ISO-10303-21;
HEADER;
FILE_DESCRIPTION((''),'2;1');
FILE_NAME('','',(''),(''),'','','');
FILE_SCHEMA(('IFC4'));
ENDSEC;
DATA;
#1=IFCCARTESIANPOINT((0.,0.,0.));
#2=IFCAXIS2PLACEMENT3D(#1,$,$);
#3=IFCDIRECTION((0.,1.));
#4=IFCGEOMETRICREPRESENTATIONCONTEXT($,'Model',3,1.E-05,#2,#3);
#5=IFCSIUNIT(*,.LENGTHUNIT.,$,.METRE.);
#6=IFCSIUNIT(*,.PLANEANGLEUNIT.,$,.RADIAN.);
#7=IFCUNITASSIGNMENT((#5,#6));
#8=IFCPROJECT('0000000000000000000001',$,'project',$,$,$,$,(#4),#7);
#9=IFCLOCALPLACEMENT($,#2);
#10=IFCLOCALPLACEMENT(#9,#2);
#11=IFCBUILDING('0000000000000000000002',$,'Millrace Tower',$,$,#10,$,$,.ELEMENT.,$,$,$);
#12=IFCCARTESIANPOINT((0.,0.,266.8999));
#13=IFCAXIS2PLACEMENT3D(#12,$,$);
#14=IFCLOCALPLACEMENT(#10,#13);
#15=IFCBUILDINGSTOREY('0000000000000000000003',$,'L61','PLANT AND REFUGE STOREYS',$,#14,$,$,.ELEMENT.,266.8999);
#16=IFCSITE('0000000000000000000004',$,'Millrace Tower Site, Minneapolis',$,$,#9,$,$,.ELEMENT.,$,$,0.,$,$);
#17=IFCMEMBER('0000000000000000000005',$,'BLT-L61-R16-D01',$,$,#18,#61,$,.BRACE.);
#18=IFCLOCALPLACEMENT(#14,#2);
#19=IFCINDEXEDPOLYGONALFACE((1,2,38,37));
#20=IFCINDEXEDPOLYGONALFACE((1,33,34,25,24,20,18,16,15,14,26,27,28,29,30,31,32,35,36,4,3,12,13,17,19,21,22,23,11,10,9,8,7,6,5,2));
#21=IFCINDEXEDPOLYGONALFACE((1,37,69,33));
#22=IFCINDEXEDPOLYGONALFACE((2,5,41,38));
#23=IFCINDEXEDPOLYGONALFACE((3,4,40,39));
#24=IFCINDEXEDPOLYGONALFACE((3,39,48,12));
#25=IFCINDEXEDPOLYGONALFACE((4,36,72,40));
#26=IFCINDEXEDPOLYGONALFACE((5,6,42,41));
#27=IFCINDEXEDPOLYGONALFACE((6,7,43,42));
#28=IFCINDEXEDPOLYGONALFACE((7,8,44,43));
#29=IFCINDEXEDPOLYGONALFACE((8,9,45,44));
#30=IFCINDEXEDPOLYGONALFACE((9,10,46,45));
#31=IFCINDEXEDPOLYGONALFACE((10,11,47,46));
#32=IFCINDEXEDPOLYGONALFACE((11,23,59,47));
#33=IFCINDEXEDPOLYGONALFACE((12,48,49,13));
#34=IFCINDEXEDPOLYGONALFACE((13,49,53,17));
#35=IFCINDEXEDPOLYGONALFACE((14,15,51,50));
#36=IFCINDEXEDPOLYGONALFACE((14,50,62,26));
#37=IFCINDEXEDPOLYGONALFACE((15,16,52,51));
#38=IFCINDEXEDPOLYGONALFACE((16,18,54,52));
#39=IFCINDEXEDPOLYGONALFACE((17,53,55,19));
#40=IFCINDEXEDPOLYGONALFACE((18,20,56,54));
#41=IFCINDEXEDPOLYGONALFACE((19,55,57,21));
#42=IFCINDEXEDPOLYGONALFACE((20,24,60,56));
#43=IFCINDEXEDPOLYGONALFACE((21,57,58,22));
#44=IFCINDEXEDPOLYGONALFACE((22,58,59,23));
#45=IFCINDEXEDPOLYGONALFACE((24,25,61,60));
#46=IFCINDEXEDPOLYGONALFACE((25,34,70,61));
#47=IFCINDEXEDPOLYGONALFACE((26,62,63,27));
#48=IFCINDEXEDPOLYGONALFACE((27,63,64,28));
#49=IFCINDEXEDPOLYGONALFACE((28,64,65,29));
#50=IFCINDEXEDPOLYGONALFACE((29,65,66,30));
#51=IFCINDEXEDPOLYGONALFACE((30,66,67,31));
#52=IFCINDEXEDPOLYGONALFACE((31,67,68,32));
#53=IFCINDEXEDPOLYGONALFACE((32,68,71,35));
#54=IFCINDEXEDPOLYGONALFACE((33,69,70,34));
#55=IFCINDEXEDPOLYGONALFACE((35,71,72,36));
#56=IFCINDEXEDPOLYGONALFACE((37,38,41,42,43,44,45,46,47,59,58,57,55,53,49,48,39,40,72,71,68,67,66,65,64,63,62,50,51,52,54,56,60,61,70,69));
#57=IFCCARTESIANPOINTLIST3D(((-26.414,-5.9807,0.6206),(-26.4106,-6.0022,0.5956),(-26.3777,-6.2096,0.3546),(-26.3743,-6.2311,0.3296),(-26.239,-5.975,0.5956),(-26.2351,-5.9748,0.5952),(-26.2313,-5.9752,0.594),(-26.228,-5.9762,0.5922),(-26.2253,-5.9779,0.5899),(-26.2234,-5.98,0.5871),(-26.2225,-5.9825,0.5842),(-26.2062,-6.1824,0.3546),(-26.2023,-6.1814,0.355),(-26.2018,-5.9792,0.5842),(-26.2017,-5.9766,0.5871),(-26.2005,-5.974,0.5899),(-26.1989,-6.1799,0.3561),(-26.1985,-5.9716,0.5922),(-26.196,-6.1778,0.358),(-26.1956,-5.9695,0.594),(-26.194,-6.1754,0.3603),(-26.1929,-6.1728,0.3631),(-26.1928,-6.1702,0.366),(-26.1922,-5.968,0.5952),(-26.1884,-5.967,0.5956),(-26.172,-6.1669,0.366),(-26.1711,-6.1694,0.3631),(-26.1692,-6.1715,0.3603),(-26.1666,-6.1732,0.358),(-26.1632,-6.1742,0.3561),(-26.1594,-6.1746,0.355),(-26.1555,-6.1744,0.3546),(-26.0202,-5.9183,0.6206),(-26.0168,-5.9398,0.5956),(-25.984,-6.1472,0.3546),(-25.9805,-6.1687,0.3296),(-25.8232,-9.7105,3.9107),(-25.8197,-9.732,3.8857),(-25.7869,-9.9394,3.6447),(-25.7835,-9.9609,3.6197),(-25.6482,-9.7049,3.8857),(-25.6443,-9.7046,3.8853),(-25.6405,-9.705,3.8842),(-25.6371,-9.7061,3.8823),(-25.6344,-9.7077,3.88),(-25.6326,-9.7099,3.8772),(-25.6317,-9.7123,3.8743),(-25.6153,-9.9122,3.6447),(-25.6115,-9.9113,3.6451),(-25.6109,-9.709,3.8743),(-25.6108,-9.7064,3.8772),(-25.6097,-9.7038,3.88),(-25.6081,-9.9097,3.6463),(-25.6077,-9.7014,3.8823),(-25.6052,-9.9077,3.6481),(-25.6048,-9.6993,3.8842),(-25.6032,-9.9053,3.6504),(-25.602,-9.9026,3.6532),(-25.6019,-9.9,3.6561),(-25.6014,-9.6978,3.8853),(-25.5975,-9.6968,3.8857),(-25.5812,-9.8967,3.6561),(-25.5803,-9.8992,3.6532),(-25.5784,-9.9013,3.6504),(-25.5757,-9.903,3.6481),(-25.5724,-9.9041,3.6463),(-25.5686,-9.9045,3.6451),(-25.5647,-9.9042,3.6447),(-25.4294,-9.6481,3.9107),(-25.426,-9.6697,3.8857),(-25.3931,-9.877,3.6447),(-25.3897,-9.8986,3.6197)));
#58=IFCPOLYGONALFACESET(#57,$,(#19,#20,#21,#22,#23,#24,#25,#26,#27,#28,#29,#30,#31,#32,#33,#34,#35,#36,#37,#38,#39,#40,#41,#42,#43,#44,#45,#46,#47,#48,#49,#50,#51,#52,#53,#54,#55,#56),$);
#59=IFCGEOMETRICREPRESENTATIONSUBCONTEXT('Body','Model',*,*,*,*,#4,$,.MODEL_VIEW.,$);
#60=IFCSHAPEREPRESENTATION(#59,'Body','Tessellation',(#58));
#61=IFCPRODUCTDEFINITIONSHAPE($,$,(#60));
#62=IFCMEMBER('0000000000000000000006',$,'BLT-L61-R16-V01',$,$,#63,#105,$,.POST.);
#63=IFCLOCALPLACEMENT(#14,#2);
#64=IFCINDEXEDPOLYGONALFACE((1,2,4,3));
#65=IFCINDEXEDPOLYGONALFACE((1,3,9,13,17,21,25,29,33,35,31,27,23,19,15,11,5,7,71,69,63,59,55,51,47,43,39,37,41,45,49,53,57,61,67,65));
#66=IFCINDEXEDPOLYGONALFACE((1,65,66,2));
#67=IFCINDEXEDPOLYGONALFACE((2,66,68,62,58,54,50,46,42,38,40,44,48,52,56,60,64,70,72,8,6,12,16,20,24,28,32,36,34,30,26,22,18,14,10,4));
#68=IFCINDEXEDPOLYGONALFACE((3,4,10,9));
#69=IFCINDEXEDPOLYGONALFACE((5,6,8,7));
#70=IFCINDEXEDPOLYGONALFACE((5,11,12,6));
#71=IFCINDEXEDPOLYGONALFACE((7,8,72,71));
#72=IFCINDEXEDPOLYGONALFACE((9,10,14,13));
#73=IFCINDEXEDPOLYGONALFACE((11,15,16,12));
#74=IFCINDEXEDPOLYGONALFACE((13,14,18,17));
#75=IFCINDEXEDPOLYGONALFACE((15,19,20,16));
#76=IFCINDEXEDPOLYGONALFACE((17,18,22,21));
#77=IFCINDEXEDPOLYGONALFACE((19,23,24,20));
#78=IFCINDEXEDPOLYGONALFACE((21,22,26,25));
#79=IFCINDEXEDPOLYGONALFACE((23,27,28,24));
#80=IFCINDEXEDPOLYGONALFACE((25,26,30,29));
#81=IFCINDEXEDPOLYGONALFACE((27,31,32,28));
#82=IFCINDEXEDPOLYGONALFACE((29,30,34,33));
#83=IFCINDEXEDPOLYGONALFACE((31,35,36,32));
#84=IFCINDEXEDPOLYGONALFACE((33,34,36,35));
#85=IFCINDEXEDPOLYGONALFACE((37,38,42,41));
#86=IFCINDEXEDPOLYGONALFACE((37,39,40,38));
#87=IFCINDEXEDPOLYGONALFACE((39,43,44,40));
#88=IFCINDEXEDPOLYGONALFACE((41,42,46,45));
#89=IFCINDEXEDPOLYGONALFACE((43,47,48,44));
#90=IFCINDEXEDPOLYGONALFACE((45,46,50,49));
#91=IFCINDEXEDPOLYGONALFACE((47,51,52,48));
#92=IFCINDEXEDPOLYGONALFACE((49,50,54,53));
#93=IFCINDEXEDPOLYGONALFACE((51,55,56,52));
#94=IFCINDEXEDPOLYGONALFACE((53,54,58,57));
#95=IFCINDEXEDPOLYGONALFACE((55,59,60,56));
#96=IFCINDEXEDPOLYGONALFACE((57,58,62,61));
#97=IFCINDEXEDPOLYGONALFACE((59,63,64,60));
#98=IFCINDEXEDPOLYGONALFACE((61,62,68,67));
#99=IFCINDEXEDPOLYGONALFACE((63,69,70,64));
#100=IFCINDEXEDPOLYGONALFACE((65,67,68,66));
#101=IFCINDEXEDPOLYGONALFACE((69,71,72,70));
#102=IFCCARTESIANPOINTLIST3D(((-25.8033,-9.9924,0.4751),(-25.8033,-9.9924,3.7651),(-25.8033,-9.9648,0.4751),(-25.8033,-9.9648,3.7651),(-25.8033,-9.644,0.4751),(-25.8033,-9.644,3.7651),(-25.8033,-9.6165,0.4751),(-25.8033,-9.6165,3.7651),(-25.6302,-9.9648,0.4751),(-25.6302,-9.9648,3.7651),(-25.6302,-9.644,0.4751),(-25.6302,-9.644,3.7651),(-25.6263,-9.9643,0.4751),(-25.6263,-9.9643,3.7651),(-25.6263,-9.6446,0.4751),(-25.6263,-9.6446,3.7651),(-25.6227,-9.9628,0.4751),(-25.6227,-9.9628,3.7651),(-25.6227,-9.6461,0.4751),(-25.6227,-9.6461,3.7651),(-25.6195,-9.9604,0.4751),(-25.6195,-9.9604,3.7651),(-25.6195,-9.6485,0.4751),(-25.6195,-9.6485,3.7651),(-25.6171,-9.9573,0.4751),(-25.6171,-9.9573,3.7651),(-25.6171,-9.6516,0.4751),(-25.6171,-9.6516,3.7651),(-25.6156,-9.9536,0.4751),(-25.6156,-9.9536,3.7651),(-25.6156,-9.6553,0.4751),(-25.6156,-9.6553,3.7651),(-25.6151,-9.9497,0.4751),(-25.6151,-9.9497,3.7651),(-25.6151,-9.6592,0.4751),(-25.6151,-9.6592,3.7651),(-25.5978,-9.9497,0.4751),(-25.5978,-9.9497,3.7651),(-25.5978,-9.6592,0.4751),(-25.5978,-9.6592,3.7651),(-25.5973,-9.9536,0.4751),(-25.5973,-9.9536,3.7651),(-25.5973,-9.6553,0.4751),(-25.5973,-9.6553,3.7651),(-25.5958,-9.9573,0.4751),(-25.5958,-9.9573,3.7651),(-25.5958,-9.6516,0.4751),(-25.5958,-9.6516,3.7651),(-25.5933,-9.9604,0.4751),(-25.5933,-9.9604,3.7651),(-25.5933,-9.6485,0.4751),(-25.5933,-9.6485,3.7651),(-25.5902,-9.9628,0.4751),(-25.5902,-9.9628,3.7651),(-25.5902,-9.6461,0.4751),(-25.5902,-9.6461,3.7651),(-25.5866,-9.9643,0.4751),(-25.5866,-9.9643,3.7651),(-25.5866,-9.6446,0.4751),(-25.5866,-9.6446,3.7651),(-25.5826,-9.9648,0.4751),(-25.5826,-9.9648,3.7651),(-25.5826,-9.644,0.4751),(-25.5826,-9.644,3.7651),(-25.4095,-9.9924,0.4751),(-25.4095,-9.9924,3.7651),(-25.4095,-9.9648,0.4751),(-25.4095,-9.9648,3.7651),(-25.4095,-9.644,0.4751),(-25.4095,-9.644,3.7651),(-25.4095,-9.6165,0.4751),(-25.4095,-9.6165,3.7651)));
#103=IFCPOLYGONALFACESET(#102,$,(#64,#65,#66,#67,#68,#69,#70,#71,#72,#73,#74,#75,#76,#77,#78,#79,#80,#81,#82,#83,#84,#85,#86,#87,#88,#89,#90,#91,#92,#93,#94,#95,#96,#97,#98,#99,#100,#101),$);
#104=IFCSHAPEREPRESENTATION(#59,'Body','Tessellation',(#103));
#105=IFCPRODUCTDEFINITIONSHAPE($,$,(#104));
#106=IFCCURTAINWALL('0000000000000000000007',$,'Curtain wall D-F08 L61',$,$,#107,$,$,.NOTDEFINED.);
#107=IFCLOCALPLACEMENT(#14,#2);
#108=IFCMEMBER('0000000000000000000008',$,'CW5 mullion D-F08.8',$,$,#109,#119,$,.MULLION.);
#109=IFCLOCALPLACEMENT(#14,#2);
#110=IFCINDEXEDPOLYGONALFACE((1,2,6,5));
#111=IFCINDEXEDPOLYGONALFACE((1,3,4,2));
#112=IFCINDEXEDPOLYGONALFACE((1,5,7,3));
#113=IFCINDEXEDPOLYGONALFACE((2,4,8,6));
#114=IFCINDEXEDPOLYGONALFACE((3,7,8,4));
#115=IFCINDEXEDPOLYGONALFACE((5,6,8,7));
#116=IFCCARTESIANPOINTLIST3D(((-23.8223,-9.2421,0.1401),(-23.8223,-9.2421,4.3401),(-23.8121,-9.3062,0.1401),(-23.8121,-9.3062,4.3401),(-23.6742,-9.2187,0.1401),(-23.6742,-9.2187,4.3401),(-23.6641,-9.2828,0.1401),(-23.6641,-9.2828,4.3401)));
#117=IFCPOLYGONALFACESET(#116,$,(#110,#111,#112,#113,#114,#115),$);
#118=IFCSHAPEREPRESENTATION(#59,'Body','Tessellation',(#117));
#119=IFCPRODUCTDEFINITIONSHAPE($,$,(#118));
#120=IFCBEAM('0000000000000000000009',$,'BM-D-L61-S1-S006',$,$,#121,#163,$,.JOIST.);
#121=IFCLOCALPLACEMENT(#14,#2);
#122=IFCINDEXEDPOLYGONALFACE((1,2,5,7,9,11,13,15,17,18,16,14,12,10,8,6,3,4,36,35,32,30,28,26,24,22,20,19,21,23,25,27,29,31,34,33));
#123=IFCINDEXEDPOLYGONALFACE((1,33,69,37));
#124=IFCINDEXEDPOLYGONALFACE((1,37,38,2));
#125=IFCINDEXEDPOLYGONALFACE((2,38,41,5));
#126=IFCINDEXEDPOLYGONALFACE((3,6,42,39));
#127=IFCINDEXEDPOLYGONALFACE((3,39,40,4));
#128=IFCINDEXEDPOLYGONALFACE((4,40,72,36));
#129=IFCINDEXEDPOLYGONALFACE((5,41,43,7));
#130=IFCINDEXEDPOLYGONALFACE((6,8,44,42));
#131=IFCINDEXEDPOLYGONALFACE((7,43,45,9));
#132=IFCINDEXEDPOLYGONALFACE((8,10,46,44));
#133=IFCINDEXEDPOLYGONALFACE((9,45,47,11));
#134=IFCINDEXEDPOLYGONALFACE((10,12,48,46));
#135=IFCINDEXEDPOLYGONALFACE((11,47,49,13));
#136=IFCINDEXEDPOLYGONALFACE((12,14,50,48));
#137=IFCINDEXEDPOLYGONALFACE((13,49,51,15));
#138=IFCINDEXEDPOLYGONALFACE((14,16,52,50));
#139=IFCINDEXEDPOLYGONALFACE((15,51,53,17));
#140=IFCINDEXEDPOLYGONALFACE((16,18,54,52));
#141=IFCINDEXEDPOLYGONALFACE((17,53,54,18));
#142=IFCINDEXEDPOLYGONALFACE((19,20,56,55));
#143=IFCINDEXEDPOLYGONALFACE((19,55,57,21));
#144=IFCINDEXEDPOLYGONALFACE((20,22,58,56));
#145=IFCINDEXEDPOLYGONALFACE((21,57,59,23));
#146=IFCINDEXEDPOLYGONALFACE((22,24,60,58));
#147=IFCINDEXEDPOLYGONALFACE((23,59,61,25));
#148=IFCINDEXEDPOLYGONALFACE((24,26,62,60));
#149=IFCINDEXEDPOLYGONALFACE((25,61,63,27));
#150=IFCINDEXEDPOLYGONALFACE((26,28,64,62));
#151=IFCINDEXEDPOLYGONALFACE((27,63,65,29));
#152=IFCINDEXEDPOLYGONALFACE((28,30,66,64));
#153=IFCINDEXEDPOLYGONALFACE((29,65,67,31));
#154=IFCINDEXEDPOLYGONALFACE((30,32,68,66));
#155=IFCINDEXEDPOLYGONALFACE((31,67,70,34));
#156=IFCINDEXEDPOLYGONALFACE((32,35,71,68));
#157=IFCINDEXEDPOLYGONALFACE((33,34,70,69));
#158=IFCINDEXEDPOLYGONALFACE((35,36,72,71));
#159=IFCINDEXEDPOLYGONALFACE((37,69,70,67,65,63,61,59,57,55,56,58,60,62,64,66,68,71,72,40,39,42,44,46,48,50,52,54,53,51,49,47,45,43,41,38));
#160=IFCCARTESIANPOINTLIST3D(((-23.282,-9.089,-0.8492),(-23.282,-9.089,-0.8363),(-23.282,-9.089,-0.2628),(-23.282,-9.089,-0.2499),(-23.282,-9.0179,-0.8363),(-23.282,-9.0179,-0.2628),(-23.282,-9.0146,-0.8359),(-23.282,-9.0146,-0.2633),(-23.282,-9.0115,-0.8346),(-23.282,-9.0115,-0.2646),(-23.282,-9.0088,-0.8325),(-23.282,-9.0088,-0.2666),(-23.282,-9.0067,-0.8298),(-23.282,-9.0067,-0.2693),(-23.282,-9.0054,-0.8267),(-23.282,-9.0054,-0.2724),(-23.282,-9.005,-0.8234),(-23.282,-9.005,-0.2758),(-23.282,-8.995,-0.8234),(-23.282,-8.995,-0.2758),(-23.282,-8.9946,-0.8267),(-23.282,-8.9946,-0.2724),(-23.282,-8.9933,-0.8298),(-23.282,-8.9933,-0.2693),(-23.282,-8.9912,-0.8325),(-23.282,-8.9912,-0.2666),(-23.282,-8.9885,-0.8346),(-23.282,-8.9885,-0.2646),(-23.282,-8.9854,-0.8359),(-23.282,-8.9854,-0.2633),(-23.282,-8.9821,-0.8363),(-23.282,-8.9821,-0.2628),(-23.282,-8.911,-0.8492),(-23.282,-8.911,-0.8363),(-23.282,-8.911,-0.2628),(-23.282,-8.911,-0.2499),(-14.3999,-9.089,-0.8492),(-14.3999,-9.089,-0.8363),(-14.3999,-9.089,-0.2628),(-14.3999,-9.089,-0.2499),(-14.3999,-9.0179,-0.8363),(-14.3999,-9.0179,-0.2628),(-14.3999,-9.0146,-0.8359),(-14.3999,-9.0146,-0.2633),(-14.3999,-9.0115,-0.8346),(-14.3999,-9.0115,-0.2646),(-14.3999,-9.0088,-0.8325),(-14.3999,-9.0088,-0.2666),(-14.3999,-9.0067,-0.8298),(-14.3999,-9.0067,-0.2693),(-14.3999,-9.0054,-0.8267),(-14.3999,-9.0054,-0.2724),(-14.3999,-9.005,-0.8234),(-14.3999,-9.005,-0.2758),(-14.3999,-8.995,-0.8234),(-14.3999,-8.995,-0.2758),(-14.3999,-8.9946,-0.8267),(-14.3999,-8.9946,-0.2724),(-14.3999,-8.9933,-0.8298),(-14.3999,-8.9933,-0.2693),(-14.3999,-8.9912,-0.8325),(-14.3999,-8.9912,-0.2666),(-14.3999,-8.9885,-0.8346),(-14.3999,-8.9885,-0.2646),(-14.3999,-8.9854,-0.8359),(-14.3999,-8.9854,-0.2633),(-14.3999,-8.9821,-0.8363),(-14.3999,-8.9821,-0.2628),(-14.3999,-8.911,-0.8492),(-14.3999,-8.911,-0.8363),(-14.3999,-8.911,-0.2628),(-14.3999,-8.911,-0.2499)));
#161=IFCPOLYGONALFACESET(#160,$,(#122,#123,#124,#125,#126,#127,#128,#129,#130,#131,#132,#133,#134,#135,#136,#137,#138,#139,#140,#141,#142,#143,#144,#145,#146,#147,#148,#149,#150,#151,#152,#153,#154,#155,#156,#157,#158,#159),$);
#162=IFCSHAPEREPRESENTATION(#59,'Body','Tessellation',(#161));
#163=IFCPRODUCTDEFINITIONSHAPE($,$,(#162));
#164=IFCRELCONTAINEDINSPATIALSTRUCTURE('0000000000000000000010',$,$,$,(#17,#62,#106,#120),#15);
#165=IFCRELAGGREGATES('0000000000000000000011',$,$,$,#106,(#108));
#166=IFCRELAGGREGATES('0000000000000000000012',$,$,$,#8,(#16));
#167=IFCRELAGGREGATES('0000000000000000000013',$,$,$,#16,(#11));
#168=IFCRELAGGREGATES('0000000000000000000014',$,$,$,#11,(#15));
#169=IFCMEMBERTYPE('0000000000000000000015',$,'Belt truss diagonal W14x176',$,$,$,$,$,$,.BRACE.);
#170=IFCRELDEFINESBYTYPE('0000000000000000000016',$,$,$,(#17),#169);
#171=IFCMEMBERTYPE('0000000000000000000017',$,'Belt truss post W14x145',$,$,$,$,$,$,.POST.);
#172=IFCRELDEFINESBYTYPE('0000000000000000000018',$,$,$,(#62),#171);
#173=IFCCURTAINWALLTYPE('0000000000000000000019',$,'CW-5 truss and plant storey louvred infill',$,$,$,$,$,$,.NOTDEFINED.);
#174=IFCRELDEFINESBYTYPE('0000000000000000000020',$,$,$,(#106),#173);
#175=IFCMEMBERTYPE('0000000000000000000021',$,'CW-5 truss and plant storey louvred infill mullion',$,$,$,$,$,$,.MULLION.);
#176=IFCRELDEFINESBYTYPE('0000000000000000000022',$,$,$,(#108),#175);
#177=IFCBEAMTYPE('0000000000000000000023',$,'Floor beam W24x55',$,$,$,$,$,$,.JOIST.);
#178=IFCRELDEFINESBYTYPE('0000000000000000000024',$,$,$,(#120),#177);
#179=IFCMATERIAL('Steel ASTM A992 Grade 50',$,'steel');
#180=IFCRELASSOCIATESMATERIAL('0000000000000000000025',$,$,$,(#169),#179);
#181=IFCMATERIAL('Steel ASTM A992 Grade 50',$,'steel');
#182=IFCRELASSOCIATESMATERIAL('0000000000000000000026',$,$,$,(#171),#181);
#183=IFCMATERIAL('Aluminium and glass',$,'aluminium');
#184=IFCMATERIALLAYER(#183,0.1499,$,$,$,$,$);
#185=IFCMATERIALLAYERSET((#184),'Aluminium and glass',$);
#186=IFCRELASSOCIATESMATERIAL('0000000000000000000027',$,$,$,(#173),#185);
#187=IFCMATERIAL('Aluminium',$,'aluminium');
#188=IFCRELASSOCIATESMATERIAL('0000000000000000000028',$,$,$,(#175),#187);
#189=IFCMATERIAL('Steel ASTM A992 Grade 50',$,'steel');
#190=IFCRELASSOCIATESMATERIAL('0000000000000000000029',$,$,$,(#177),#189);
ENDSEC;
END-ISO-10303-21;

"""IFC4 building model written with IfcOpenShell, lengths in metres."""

from ifc_helpers import new_model, si_unit, direction, frame, origin, origin_2d, place, context, subcontext, project, spatial, rectangle, i_section, extrude, material, layer, layer_set, material_profile, profile_set, type_object, element, aggregate, save


model = new_model("IFC4")

# Units and contexts
model_context = context("Model", 3, precision=1e-05, world=origin(), true_north=direction((0.0, 1.0)))
body_context = subcontext(model_context, "Body", "Model", "MODEL_VIEW")
ifc_project = project(units=[si_unit("LENGTHUNIT", "METRE"), si_unit("PLANEANGLEUNIT", "RADIAN")], contexts=[model_context])

# Site, building, storey
site_placement = place(None, origin())
site = spatial("IfcSite", under=ifc_project, at=site_placement, Name="Millrace Tower Site, Minneapolis", CompositionType="ELEMENT", RefElevation=0.0)
building_placement = place(site_placement, origin())
building = spatial("IfcBuilding", under=site, at=building_placement, Name="Millrace Tower", CompositionType="ELEMENT")
storey_placement = place(building_placement, frame((0.0, 0.0, 266.8999)))
storey = spatial("IfcBuildingStorey", under=building, at=storey_placement, Name="L61", Description="PLANT AND REFUGE STOREYS", CompositionType="ELEMENT", Elevation=266.8999)

# Members
ifc_material_1 = material(Name="Steel ASTM A992 Grade 50", Category="steel")
ifc_material_profile_1 = material_profile(ifc_material_1, i_section(OverallWidth=0.3987, OverallDepth=0.386, WebThickness=0.021, FlangeThickness=0.0332, FilletRadius=0.0151, at=origin_2d()))
ifc_profile_set_1 = profile_set([ifc_material_profile_1], Name="Steel ASTM A992 Grade 50")
member_type_1 = type_object("IfcMemberType", Name="Belt truss diagonal W14x176", PredefinedType="BRACE", material=ifc_profile_set_1)
member_1_placement = place(storey_placement, frame((-26.1973, -6.0747, 0.4751), z_axis=(0.117965, -0.744692, 0.6569), x_axis=(0.987685, 0.156457, 0.0)))
element("IfcMember", 1, at=member_1_placement, inside=storey, type_object=member_type_1, Name="BLT-L61-R16-D01", PredefinedType="BRACE", context=body_context, shape_type="SweptSolid", body=[
    extrude(i_section(OverallWidth=0.3987, OverallDepth=0.386, WebThickness=0.021, FlangeThickness=0.0332, FilletRadius=0.0151, at=origin_2d()), origin(), (0.0, 0.0, 1.0), 5.0085),
])
ifc_material_2 = material(Name="Steel ASTM A992 Grade 50", Category="steel")
ifc_material_profile_2 = material_profile(ifc_material_2, i_section(OverallWidth=0.3938, OverallDepth=0.376, WebThickness=0.0173, FlangeThickness=0.0276, FilletRadius=0.0151, at=origin_2d()))
ifc_profile_set_2 = profile_set([ifc_material_profile_2], Name="Steel ASTM A992 Grade 50")
member_type_2 = type_object("IfcMemberType", Name="Belt truss post W14x145", PredefinedType="POST", material=ifc_profile_set_2)
member_2_placement = place(storey_placement, frame((-25.6064, -9.8044, 0.4751), z_axis=(0.0, 0.0, 1.0), x_axis=(1.0, 0.0, 0.0)))
element("IfcMember", 2, at=member_2_placement, inside=storey, type_object=member_type_2, Name="BLT-L61-R16-V01", PredefinedType="POST", context=body_context, shape_type="SweptSolid", body=[
    extrude(i_section(OverallWidth=0.3938, OverallDepth=0.376, WebThickness=0.0173, FlangeThickness=0.0276, FilletRadius=0.0151, at=origin_2d()), origin(), (0.0, 0.0, 1.0), 3.29),
])

# Curtain wall, member
ifc_material_3 = material(Name="Aluminium and glass", Category="aluminium")
ifc_layer_1 = layer(ifc_material_3, 0.1499)
ifc_layer_set_1 = layer_set([ifc_layer_1], Name="Aluminium and glass")
curtain_wall_type = type_object("IfcCurtainWallType", Name="CW-5 truss and plant storey louvred infill", PredefinedType="NOTDEFINED", material=ifc_layer_set_1)
curtain_wall_placement = place(storey_placement, origin())
curtain_wall = element("IfcCurtainWall", 3, at=curtain_wall_placement, inside=storey, type_object=curtain_wall_type, Name="Curtain wall D-F08 L61", PredefinedType="NOTDEFINED")
ifc_material_4 = material(Name="Aluminium", Category="aluminium")
ifc_material_profile_3 = material_profile(ifc_material_4, rectangle(XDim=0.0649, YDim=0.1499, at=origin_2d()))
ifc_profile_set_3 = profile_set([ifc_material_profile_3], Name="Aluminium")
member_type_3 = type_object("IfcMemberType", Name="CW-5 truss and plant storey louvred infill mullion", PredefinedType="MULLION", material=ifc_profile_set_3)
member_3_placement = place(storey_placement, frame((-23.7432, -9.2625, 0.1401), z_axis=(0.0, 0.0, 1.0), x_axis=(0.156434, -0.987688, 0.0)))
member_3 = element("IfcMember", 4, at=member_3_placement, type_object=member_type_3, Name="CW5 mullion D-F08.8", PredefinedType="MULLION", context=body_context, shape_type="SweptSolid", body=[
    extrude(rectangle(XDim=0.0649, YDim=0.1499, at=origin_2d()), origin(), (0.0, 0.0, 1.0), 4.2),
])
aggregate(curtain_wall, [member_3])

# Beam
ifc_material_5 = material(Name="Steel ASTM A992 Grade 50", Category="steel")
ifc_material_profile_4 = material_profile(ifc_material_5, i_section(OverallWidth=0.178, OverallDepth=0.5994, WebThickness=0.01, FlangeThickness=0.0129, FilletRadius=0.0129, at=origin_2d()))
ifc_profile_set_4 = profile_set([ifc_material_profile_4], Name="Steel ASTM A992 Grade 50")
beam_type_1 = type_object("IfcBeamType", Name="Floor beam W24x55", PredefinedType="JOIST", material=ifc_profile_set_4)
beam_1_placement = place(storey_placement, frame((-23.282, -9.0, -0.5496), z_axis=(1.0, 0.0, 0.0), x_axis=(0.0, 1.0, 0.0)))
element("IfcBeam", 5, at=beam_1_placement, inside=storey, type_object=beam_type_1, Name="BM-D-L61-S1-S006", PredefinedType="JOIST", context=body_context, shape_type="SweptSolid", body=[
    extrude(i_section(OverallWidth=0.178, OverallDepth=0.5994, WebThickness=0.01, FlangeThickness=0.0129, FilletRadius=0.0129, at=origin_2d()), origin(), (0.0, 0.0, 1.0), 8.8821),
])

save(model, "model.ifc")
